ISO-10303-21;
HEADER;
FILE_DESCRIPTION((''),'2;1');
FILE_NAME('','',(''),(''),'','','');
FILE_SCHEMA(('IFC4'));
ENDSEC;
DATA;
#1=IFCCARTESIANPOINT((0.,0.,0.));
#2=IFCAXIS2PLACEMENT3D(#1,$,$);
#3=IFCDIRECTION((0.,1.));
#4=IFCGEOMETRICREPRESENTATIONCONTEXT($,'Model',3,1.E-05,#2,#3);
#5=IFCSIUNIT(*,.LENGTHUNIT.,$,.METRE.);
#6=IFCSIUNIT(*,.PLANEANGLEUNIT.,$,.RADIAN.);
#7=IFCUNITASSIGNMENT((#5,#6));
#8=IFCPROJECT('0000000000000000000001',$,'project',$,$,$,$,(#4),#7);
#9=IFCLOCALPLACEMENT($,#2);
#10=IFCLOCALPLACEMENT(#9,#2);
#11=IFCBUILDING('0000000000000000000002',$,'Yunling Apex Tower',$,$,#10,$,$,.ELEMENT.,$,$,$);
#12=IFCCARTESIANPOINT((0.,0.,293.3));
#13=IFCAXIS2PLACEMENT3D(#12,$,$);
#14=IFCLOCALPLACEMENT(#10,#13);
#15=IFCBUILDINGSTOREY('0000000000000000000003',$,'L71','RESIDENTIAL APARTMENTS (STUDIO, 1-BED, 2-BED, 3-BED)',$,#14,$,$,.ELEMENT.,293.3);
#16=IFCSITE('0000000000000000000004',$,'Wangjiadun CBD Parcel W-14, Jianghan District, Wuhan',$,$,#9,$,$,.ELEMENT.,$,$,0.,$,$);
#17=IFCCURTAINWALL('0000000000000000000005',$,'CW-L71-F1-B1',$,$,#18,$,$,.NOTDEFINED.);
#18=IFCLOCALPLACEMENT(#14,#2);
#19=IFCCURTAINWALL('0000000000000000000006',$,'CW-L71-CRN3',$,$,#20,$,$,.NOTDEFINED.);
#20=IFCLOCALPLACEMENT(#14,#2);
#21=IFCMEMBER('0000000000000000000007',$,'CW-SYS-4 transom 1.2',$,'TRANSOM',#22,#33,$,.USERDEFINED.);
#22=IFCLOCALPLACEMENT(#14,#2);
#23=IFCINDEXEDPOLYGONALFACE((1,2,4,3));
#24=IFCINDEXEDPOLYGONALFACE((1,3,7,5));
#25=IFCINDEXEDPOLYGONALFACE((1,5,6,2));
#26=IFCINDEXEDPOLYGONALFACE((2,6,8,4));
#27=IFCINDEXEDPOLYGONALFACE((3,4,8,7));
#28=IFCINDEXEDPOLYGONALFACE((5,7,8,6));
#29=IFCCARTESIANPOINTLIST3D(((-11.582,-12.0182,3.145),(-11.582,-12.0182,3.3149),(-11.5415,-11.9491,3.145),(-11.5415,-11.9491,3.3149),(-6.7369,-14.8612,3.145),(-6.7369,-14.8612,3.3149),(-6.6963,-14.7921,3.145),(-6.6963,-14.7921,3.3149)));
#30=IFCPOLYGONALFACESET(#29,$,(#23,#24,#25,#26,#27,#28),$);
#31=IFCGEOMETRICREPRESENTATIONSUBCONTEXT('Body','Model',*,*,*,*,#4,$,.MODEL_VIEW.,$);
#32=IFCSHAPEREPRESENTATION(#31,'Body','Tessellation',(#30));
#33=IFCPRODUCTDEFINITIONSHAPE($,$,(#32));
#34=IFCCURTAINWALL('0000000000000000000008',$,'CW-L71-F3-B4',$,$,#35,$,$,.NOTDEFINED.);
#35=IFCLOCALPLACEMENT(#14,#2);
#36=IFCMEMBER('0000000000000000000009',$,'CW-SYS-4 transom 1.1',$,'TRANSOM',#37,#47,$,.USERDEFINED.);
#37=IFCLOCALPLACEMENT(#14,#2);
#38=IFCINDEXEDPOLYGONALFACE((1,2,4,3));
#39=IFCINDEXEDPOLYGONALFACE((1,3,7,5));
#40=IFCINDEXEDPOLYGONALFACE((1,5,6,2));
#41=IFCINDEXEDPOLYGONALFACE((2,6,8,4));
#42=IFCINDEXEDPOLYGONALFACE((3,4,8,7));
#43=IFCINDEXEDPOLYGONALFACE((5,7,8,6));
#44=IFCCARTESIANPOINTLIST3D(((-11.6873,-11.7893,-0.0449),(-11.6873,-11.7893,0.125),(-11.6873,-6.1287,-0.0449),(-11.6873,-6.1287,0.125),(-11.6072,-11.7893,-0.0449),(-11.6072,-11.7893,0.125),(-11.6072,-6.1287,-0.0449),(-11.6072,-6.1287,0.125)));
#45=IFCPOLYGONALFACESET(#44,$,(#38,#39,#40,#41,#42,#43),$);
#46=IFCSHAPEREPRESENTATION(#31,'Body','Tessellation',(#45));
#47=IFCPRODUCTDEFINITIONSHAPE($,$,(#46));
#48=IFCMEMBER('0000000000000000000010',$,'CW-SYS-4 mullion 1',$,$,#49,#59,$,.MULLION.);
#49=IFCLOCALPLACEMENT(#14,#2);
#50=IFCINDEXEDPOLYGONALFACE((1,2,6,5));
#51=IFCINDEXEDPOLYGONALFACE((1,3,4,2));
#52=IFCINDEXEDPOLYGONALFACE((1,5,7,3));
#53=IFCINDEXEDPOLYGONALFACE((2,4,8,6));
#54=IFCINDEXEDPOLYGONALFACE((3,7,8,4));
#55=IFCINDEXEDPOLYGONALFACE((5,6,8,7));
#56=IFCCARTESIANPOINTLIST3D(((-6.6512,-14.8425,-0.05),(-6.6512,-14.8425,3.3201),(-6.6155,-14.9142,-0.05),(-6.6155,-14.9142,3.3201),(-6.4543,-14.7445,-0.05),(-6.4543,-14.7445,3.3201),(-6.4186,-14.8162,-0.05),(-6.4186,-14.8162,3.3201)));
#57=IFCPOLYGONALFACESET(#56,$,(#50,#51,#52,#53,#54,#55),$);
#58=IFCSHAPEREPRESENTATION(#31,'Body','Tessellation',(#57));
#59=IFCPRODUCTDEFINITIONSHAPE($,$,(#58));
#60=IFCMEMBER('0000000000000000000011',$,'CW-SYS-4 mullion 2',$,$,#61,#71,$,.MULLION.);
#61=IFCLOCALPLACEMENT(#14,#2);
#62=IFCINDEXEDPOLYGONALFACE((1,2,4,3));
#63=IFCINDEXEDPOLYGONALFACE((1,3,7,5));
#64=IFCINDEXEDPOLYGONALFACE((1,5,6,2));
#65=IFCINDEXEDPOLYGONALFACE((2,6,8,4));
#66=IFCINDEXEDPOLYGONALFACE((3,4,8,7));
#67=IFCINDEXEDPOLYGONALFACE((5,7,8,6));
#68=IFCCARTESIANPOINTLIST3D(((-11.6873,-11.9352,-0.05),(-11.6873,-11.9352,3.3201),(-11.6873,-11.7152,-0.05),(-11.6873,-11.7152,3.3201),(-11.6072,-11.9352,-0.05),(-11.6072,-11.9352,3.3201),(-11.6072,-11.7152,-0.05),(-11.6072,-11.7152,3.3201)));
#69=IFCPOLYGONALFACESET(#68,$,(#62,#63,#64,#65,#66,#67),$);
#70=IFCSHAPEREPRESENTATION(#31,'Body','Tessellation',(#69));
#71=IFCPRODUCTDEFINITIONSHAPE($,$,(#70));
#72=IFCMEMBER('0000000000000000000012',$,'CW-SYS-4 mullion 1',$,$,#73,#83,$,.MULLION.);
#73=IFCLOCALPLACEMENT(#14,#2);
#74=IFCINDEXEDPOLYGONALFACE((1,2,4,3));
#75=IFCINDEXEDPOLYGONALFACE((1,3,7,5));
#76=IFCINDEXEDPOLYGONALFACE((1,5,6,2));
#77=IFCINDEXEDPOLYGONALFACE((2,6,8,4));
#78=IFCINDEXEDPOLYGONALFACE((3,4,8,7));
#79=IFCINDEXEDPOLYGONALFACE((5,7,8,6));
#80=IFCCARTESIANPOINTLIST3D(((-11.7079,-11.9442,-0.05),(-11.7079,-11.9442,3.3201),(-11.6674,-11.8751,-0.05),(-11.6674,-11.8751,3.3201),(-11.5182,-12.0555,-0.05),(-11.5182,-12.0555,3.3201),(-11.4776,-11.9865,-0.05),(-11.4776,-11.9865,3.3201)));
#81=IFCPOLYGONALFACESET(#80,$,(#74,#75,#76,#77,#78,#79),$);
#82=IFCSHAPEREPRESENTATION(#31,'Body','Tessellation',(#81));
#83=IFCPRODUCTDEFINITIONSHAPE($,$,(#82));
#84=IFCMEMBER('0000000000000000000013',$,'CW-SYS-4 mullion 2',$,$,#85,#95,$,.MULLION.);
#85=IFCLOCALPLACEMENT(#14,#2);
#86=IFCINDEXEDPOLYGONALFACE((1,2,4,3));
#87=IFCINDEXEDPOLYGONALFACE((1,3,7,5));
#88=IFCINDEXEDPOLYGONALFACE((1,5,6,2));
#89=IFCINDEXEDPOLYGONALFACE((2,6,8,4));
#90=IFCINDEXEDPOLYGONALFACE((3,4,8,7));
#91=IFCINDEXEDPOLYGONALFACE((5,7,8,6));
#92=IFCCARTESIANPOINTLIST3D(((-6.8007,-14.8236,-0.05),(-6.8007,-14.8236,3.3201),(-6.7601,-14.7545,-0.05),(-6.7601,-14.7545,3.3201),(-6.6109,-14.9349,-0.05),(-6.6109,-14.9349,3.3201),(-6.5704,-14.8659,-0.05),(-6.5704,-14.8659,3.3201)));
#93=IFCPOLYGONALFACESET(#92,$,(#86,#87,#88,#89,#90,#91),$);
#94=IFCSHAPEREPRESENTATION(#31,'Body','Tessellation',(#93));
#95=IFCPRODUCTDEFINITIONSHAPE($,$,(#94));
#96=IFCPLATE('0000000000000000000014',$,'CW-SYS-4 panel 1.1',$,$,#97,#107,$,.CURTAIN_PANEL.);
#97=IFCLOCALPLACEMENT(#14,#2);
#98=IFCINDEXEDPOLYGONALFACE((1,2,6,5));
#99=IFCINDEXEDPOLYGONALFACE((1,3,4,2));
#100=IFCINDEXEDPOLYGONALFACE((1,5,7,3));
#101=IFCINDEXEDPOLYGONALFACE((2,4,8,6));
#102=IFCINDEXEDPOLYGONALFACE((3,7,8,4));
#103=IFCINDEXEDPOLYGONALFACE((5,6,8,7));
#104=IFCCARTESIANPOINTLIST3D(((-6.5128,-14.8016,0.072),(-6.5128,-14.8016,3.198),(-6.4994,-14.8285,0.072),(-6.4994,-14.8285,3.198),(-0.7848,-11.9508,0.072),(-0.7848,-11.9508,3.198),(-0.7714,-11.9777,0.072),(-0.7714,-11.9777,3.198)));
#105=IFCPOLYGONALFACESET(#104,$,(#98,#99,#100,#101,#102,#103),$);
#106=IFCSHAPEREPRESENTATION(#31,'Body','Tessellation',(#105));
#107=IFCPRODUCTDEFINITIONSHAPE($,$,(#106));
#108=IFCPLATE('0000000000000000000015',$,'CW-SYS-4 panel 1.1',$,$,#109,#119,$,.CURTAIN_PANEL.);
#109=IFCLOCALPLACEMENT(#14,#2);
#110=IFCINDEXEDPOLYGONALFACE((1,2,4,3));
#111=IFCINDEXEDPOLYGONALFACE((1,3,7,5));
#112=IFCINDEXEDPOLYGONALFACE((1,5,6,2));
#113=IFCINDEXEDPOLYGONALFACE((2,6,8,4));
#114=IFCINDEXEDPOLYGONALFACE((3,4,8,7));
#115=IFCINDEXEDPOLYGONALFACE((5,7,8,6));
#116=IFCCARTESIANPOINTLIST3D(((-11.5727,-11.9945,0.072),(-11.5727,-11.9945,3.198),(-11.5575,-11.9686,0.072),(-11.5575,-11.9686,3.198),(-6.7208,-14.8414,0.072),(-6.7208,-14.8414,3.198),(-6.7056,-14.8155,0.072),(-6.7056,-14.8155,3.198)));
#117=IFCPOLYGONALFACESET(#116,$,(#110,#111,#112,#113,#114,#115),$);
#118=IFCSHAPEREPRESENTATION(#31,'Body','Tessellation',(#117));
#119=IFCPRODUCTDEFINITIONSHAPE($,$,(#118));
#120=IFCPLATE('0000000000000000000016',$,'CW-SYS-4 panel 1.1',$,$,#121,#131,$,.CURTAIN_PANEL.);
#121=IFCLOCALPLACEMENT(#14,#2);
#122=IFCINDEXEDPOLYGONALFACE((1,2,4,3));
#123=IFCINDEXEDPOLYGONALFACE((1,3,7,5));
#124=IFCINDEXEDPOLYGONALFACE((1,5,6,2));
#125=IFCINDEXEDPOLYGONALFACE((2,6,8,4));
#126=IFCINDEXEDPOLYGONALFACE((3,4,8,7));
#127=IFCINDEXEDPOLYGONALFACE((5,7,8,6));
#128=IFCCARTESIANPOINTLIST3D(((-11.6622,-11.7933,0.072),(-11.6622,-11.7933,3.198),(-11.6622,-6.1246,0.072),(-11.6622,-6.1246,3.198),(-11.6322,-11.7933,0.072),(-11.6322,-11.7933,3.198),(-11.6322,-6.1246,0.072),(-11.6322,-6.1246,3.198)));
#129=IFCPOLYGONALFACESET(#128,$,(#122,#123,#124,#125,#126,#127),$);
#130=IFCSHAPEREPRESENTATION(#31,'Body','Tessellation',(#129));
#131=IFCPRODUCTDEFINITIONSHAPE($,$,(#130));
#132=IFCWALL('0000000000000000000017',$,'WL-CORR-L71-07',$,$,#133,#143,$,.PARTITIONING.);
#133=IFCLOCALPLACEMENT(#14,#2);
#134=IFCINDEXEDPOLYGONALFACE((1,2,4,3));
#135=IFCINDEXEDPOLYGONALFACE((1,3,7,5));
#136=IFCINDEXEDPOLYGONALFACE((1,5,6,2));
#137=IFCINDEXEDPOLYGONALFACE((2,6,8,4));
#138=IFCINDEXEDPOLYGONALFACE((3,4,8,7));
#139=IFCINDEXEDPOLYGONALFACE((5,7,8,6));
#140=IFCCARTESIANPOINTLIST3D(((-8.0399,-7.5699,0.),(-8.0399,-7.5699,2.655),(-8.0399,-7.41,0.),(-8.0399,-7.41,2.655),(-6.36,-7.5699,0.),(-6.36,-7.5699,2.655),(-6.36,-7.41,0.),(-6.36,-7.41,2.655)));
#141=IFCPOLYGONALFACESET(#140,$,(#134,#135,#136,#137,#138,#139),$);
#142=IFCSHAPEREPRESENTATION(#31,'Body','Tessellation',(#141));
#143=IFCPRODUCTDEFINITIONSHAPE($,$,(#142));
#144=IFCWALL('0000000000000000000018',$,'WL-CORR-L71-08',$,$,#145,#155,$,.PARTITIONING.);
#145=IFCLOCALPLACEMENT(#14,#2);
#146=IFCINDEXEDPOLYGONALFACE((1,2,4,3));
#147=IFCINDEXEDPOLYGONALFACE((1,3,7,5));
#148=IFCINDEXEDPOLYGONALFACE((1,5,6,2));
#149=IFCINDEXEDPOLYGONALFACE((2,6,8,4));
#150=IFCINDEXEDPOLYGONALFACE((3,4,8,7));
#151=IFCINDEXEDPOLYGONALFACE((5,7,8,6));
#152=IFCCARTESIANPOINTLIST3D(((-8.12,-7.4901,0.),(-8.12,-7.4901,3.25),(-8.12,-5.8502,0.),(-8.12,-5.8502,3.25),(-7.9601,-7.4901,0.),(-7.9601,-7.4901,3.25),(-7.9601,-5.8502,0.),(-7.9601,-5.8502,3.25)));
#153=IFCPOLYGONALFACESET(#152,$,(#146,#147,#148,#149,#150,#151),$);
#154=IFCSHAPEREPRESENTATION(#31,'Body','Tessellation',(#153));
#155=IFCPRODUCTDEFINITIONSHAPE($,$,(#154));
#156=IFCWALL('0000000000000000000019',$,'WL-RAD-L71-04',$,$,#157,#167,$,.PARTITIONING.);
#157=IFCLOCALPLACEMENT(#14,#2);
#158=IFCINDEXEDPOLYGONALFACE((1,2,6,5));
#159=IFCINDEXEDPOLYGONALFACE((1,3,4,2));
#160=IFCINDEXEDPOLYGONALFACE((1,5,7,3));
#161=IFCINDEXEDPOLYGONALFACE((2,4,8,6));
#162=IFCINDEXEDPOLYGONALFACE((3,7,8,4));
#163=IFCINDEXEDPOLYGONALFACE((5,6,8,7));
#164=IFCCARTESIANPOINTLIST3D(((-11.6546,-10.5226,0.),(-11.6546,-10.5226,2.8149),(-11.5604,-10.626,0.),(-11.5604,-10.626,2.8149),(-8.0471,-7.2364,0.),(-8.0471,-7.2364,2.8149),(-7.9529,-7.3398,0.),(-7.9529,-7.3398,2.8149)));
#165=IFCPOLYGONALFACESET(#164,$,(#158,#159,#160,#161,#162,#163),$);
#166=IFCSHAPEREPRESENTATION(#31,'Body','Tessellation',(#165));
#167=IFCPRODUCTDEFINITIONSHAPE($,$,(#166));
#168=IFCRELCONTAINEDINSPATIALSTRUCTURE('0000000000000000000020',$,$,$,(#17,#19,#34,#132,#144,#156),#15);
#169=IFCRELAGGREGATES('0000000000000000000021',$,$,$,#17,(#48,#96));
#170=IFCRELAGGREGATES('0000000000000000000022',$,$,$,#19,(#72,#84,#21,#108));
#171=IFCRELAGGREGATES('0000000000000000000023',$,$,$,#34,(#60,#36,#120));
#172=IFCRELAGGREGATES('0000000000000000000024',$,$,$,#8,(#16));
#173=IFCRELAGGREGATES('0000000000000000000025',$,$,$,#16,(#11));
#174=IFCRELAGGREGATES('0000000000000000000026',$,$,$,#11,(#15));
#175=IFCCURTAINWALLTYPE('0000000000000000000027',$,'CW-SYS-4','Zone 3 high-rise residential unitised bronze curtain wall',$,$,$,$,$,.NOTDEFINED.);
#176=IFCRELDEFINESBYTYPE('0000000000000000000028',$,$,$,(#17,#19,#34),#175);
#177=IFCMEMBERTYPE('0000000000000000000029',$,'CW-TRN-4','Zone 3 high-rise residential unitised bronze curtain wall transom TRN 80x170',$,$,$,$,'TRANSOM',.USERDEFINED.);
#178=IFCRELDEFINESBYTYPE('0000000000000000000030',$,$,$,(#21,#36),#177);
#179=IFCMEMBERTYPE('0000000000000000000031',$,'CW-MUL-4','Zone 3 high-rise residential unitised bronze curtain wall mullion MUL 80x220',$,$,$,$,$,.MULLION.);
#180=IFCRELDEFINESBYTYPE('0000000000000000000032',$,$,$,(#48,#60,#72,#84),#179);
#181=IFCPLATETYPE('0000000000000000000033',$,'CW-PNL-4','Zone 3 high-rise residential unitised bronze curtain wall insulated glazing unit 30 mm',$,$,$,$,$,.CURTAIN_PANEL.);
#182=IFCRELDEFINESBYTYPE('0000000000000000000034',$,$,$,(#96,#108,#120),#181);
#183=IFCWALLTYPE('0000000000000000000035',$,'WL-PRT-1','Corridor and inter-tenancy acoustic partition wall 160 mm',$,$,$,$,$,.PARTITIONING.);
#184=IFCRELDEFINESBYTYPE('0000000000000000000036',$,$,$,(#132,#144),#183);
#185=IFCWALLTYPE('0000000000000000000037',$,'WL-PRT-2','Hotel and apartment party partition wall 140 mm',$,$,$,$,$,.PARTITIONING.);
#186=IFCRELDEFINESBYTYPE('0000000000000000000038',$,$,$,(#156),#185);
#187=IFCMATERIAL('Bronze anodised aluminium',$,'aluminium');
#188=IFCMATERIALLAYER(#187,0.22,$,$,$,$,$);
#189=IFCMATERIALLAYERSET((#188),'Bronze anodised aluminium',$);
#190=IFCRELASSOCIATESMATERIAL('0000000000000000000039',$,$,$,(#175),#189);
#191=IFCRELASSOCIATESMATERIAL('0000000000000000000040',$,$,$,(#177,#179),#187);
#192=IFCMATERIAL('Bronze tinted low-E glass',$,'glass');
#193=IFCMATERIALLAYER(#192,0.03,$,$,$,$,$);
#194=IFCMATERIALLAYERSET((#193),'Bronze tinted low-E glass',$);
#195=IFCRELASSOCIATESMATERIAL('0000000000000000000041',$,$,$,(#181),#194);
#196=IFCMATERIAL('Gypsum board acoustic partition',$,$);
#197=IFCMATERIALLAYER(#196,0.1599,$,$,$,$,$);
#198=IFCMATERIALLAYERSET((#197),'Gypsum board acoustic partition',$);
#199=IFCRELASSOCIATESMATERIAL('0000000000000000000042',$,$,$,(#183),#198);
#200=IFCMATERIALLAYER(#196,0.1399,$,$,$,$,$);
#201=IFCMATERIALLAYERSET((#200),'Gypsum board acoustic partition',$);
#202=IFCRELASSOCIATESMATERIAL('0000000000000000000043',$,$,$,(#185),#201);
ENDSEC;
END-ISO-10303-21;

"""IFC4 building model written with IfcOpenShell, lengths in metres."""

from ifc_helpers import new_model, si_unit, direction, frame, frame_2d, origin, origin_2d, place, context, subcontext, project, spatial, rectangle, extrude, source, transform, mapped, material, layer, layer_set, material_profile, profile_set, type_object, element, aggregate, save


model = new_model("IFC4")

# Units and contexts
model_context = context("Model", 3, precision=1e-05, world=origin(), true_north=direction((0.0, 1.0)))
body_context = subcontext(model_context, "Body", "Model", "MODEL_VIEW")
ifc_project = project(units=[si_unit("LENGTHUNIT", "METRE"), si_unit("PLANEANGLEUNIT", "RADIAN")], contexts=[model_context])

# Site, building, storey
site_placement = place(None, origin())
site = spatial("IfcSite", under=ifc_project, at=site_placement, Name="Wangjiadun CBD Parcel W-14, Jianghan District, Wuhan", CompositionType="ELEMENT", RefElevation=0.0)
building_placement = place(site_placement, origin())
building = spatial("IfcBuilding", under=site, at=building_placement, Name="Yunling Apex Tower", CompositionType="ELEMENT")
storey_placement = place(building_placement, frame((0.0, 0.0, 293.3)))
storey = spatial("IfcBuildingStorey", under=building, at=storey_placement, Name="L71", Description="RESIDENTIAL APARTMENTS (STUDIO, 1-BED, 2-BED, 3-BED)", CompositionType="ELEMENT", Elevation=293.3)

# Curtain walls, member
ifc_material_1 = material(Name="Bronze anodised aluminium", Category="aluminium")
ifc_layer_1 = layer(ifc_material_1, 0.22)
ifc_layer_set_1 = layer_set([ifc_layer_1], Name="Bronze anodised aluminium")
curtain_wall_type = type_object("IfcCurtainWallType", Name="CW-SYS-4", Description="Zone 3 high-rise residential unitised bronze curtain wall", PredefinedType="NOTDEFINED", material=ifc_layer_set_1)
curtain_wall_1_placement = place(storey_placement, origin())
curtain_wall_1 = element("IfcCurtainWall", 1, at=curtain_wall_1_placement, inside=storey, type_object=curtain_wall_type, Name="CW-L71-F1-B1", PredefinedType="NOTDEFINED")
ifc_material_profile_1 = material_profile(ifc_material_1, rectangle(XDim=0.0801, YDim=0.1699, at=origin_2d()))
ifc_profile_set_1 = profile_set([ifc_material_profile_1], Name="Bronze anodised aluminium")
member_type_1 = type_object("IfcMemberType", Name="CW-TRN-4", Description="Zone 3 high-rise residential unitised bronze curtain wall transom TRN 80x170", ElementType="TRANSOM", PredefinedType="USERDEFINED", material=ifc_profile_set_1)
curtain_wall_2_placement = place(storey_placement, origin())
curtain_wall_2 = element("IfcCurtainWall", 2, at=curtain_wall_2_placement, inside=storey, type_object=curtain_wall_type, Name="CW-L71-CRN3", PredefinedType="NOTDEFINED")
shared_shape_1 = source(origin(), body_context, "Body", "SweptSolid", [
    extrude(rectangle(XDim=0.0801, YDim=0.1699, at=origin_2d()), origin(), (0.0, 0.0, 1.0), 5.6177),
])
member_1_placement = place(storey_placement, frame((-11.5618, -11.9836, 3.23), z_axis=(0.862487, -0.50608, 0.0), x_axis=(0.50608, 0.862487, 0.0)))
member_1 = element("IfcMember", 3, at=member_1_placement, type_object=member_type_1, Name="CW-SYS-4 transom 1.2", ObjectType="TRANSOM", PredefinedType="USERDEFINED", context=body_context, shape_type="MappedRepresentation", body=[
    mapped(shared_shape_1, transform((0.0, 0.0, 0.0), scale=1.0)),
])

# Curtain wall, member
curtain_wall_3_placement = place(storey_placement, origin())
curtain_wall_3 = element("IfcCurtainWall", 4, at=curtain_wall_3_placement, inside=storey, type_object=curtain_wall_type, Name="CW-L71-F3-B4", PredefinedType="NOTDEFINED")
shared_shape_2 = source(origin(), body_context, "Body", "SweptSolid", [
    extrude(rectangle(XDim=0.0801, YDim=0.1699, at=origin_2d()), origin(), (0.0, 0.0, 1.0), 5.6606),
])
member_2_placement = place(storey_placement, frame((-11.6472, -6.1287, 0.04), z_axis=(0.0, -1.0, 0.0), x_axis=(1.0, 0.0, 0.0)))
member_2 = element("IfcMember", 5, at=member_2_placement, type_object=member_type_1, Name="CW-SYS-4 transom 1.1", ObjectType="TRANSOM", PredefinedType="USERDEFINED", context=body_context, shape_type="MappedRepresentation", body=[
    mapped(shared_shape_2, transform((0.0, 0.0, 0.0), scale=1.0)),
])

# Members
ifc_material_profile_2 = material_profile(ifc_material_1, rectangle(XDim=0.0801, YDim=0.22, at=origin_2d()))
ifc_profile_set_2 = profile_set([ifc_material_profile_2], Name="Bronze anodised aluminium")
member_type_2 = type_object("IfcMemberType", Name="CW-MUL-4", Description="Zone 3 high-rise residential unitised bronze curtain wall mullion MUL 80x220", PredefinedType="MULLION", material=ifc_profile_set_2)
shared_shape_3 = source(origin(), body_context, "Body", "SweptSolid", [
    extrude(rectangle(XDim=0.0801, YDim=0.22, at=origin_2d()), origin(), (0.0, 0.0, 1.0), 3.3701),
])
member_3_placement = place(storey_placement, frame((-6.5349, -14.8293, -0.05), z_axis=(0.0, 0.0, 1.0), x_axis=(-0.445568, 0.895248, 0.0)))
member_3 = element("IfcMember", 6, at=member_3_placement, type_object=member_type_2, Name="CW-SYS-4 mullion 1", PredefinedType="MULLION", context=body_context, shape_type="MappedRepresentation", body=[
    mapped(shared_shape_3, transform((0.0, 0.0, 0.0), scale=1.0)),
])
member_4_placement = place(storey_placement, frame((-11.6472, -11.8252, -0.05), z_axis=(0.0, 0.0, 1.0), x_axis=(1.0, 0.0, 0.0)))
member_4 = element("IfcMember", 7, at=member_4_placement, type_object=member_type_2, Name="CW-SYS-4 mullion 2", PredefinedType="MULLION", context=body_context, shape_type="MappedRepresentation", body=[
    mapped(shared_shape_3, transform((0.0, 0.0, 0.0), scale=1.0)),
])
member_5_placement = place(storey_placement, frame((-11.5928, -11.9653, -0.05), z_axis=(0.0, 0.0, 1.0), x_axis=(0.50607, 0.862492, 0.0)))
member_5 = element("IfcMember", 8, at=member_5_placement, type_object=member_type_2, Name="CW-SYS-4 mullion 1", PredefinedType="MULLION", context=body_context, shape_type="MappedRepresentation", body=[
    mapped(shared_shape_3, transform((0.0, 0.0, 0.0), scale=1.0)),
])
member_6_placement = place(storey_placement, frame((-6.6855, -14.8447, -0.05), z_axis=(0.0, 0.0, 1.0), x_axis=(0.50607, 0.862492, 0.0)))
member_6 = element("IfcMember", 9, at=member_6_placement, type_object=member_type_2, Name="CW-SYS-4 mullion 2", PredefinedType="MULLION", context=body_context, shape_type="MappedRepresentation", body=[
    mapped(shared_shape_3, transform((0.0, 0.0, 0.0), scale=1.0)),
])

# Plates
ifc_material_2 = material(Name="Bronze tinted low-E glass", Category="glass")
ifc_layer_2 = layer(ifc_material_2, 0.03)
ifc_layer_set_2 = layer_set([ifc_layer_2], Name="Bronze tinted low-E glass")
plate_type = type_object("IfcPlateType", Name="CW-PNL-4", Description="Zone 3 high-rise residential unitised bronze curtain wall insulated glazing unit 30 mm", PredefinedType="CURTAIN_PANEL", material=ifc_layer_set_2)
shared_shape_4 = source(origin(), body_context, "Body", "SweptSolid", [
    extrude(rectangle(XDim=6.3982, YDim=0.03, at=origin_2d()), origin(), (0.0, 0.0, 1.0), 3.126),
])
plate_1_placement = place(storey_placement, frame((-3.6421, -13.3896, 0.072), z_axis=(0.0, 0.0, 1.0), x_axis=(0.895248, 0.445568, 0.0)))
plate_1 = element("IfcPlate", 10, at=plate_1_placement, type_object=plate_type, Name="CW-SYS-4 panel 1.1", PredefinedType="CURTAIN_PANEL", context=body_context, shape_type="MappedRepresentation", body=[
    mapped(shared_shape_4, transform((0.0, 0.0, 0.0), scale=1.0)),
])
aggregate(curtain_wall_1, [member_3, plate_1])
shared_shape_5 = source(origin(), body_context, "Body", "SweptSolid", [
    extrude(rectangle(XDim=5.6255, YDim=0.03, at=origin_2d()), origin(), (0.0, 0.0, 1.0), 3.126),
])
plate_2_placement = place(storey_placement, frame((-9.1392, -13.405, 0.072), z_axis=(0.0, 0.0, 1.0), x_axis=(0.862492, -0.50607, 0.0)))
plate_2 = element("IfcPlate", 11, at=plate_2_placement, type_object=plate_type, Name="CW-SYS-4 panel 1.1", PredefinedType="CURTAIN_PANEL", context=body_context, shape_type="MappedRepresentation", body=[
    mapped(shared_shape_5, transform((0.0, 0.0, 0.0), scale=1.0)),
])
aggregate(curtain_wall_2, [member_5, member_6, member_1, plate_2])
shared_shape_6 = source(origin(), body_context, "Body", "SweptSolid", [
    extrude(rectangle(XDim=5.6687, YDim=0.03, at=origin_2d()), origin(), (0.0, 0.0, 1.0), 3.126),
])
plate_3_placement = place(storey_placement, frame((-11.6472, -8.959, 0.072), z_axis=(0.0, 0.0, 1.0), x_axis=(0.0, -1.0, 0.0)))
plate_3 = element("IfcPlate", 12, at=plate_3_placement, type_object=plate_type, Name="CW-SYS-4 panel 1.1", PredefinedType="CURTAIN_PANEL", context=body_context, shape_type="MappedRepresentation", body=[
    mapped(shared_shape_6, transform((0.0, 0.0, 0.0), scale=1.0)),
])
aggregate(curtain_wall_3, [member_4, member_2, plate_3])

# Walls
ifc_material_3 = material(Name="Gypsum board acoustic partition")
ifc_layer_3 = layer(ifc_material_3, 0.1599)
ifc_layer_set_3 = layer_set([ifc_layer_3], Name="Gypsum board acoustic partition")
wall_type_1 = type_object("IfcWallType", Name="WL-PRT-1", Description="Corridor and inter-tenancy acoustic partition wall 160 mm", PredefinedType="PARTITIONING", material=ifc_layer_set_3)
wall_1_placement = place(storey_placement, frame((-6.3601, -7.49, 0.0), z_axis=(0.0, 0.0, 1.0), x_axis=(-1.0, 0.0, 0.0)))
element("IfcWall", 13, at=wall_1_placement, inside=storey, type_object=wall_type_1, Name="WL-CORR-L71-07", PredefinedType="PARTITIONING", context=body_context, shape_type="SweptSolid", body=[
    extrude(rectangle(XDim=1.6799, YDim=0.1599, at=frame_2d((0.8398, 0.0))), origin(), (0.0, 0.0, 1.0), 2.655),
])
wall_2_placement = place(storey_placement, frame((-8.04, -7.49, 0.0), z_axis=(0.0, 0.0, 1.0), x_axis=(0.0, 1.0, 0.0)))
element("IfcWall", 14, at=wall_2_placement, inside=storey, type_object=wall_type_1, Name="WL-CORR-L71-08", PredefinedType="PARTITIONING", context=body_context, shape_type="SweptSolid", body=[
    extrude(rectangle(XDim=1.6399, YDim=0.1599, at=frame_2d((0.8198, 0.0))), origin(), (0.0, 0.0, 1.0), 3.25),
])
ifc_layer_4 = layer(ifc_material_3, 0.1399)
ifc_layer_set_4 = layer_set([ifc_layer_4], Name="Gypsum board acoustic partition")
wall_type_2 = type_object("IfcWallType", Name="WL-PRT-2", Description="Hotel and apartment party partition wall 140 mm", PredefinedType="PARTITIONING", material=ifc_layer_set_4)
wall_3_placement = place(storey_placement, frame((-8.0, -7.2881, 0.0), z_axis=(0.0, 0.0, 1.0), x_axis=(-0.739261, -0.67342, 0.0)))
element("IfcWall", 15, at=wall_3_placement, inside=storey, type_object=wall_type_2, Name="WL-RAD-L71-04", PredefinedType="PARTITIONING", context=body_context, shape_type="SweptSolid", body=[
    extrude(rectangle(XDim=4.8799, YDim=0.1399, at=frame_2d((2.4399, 0.0))), origin(), (0.0, 0.0, 1.0), 2.8149),
])

save(model, "model.ifc")
